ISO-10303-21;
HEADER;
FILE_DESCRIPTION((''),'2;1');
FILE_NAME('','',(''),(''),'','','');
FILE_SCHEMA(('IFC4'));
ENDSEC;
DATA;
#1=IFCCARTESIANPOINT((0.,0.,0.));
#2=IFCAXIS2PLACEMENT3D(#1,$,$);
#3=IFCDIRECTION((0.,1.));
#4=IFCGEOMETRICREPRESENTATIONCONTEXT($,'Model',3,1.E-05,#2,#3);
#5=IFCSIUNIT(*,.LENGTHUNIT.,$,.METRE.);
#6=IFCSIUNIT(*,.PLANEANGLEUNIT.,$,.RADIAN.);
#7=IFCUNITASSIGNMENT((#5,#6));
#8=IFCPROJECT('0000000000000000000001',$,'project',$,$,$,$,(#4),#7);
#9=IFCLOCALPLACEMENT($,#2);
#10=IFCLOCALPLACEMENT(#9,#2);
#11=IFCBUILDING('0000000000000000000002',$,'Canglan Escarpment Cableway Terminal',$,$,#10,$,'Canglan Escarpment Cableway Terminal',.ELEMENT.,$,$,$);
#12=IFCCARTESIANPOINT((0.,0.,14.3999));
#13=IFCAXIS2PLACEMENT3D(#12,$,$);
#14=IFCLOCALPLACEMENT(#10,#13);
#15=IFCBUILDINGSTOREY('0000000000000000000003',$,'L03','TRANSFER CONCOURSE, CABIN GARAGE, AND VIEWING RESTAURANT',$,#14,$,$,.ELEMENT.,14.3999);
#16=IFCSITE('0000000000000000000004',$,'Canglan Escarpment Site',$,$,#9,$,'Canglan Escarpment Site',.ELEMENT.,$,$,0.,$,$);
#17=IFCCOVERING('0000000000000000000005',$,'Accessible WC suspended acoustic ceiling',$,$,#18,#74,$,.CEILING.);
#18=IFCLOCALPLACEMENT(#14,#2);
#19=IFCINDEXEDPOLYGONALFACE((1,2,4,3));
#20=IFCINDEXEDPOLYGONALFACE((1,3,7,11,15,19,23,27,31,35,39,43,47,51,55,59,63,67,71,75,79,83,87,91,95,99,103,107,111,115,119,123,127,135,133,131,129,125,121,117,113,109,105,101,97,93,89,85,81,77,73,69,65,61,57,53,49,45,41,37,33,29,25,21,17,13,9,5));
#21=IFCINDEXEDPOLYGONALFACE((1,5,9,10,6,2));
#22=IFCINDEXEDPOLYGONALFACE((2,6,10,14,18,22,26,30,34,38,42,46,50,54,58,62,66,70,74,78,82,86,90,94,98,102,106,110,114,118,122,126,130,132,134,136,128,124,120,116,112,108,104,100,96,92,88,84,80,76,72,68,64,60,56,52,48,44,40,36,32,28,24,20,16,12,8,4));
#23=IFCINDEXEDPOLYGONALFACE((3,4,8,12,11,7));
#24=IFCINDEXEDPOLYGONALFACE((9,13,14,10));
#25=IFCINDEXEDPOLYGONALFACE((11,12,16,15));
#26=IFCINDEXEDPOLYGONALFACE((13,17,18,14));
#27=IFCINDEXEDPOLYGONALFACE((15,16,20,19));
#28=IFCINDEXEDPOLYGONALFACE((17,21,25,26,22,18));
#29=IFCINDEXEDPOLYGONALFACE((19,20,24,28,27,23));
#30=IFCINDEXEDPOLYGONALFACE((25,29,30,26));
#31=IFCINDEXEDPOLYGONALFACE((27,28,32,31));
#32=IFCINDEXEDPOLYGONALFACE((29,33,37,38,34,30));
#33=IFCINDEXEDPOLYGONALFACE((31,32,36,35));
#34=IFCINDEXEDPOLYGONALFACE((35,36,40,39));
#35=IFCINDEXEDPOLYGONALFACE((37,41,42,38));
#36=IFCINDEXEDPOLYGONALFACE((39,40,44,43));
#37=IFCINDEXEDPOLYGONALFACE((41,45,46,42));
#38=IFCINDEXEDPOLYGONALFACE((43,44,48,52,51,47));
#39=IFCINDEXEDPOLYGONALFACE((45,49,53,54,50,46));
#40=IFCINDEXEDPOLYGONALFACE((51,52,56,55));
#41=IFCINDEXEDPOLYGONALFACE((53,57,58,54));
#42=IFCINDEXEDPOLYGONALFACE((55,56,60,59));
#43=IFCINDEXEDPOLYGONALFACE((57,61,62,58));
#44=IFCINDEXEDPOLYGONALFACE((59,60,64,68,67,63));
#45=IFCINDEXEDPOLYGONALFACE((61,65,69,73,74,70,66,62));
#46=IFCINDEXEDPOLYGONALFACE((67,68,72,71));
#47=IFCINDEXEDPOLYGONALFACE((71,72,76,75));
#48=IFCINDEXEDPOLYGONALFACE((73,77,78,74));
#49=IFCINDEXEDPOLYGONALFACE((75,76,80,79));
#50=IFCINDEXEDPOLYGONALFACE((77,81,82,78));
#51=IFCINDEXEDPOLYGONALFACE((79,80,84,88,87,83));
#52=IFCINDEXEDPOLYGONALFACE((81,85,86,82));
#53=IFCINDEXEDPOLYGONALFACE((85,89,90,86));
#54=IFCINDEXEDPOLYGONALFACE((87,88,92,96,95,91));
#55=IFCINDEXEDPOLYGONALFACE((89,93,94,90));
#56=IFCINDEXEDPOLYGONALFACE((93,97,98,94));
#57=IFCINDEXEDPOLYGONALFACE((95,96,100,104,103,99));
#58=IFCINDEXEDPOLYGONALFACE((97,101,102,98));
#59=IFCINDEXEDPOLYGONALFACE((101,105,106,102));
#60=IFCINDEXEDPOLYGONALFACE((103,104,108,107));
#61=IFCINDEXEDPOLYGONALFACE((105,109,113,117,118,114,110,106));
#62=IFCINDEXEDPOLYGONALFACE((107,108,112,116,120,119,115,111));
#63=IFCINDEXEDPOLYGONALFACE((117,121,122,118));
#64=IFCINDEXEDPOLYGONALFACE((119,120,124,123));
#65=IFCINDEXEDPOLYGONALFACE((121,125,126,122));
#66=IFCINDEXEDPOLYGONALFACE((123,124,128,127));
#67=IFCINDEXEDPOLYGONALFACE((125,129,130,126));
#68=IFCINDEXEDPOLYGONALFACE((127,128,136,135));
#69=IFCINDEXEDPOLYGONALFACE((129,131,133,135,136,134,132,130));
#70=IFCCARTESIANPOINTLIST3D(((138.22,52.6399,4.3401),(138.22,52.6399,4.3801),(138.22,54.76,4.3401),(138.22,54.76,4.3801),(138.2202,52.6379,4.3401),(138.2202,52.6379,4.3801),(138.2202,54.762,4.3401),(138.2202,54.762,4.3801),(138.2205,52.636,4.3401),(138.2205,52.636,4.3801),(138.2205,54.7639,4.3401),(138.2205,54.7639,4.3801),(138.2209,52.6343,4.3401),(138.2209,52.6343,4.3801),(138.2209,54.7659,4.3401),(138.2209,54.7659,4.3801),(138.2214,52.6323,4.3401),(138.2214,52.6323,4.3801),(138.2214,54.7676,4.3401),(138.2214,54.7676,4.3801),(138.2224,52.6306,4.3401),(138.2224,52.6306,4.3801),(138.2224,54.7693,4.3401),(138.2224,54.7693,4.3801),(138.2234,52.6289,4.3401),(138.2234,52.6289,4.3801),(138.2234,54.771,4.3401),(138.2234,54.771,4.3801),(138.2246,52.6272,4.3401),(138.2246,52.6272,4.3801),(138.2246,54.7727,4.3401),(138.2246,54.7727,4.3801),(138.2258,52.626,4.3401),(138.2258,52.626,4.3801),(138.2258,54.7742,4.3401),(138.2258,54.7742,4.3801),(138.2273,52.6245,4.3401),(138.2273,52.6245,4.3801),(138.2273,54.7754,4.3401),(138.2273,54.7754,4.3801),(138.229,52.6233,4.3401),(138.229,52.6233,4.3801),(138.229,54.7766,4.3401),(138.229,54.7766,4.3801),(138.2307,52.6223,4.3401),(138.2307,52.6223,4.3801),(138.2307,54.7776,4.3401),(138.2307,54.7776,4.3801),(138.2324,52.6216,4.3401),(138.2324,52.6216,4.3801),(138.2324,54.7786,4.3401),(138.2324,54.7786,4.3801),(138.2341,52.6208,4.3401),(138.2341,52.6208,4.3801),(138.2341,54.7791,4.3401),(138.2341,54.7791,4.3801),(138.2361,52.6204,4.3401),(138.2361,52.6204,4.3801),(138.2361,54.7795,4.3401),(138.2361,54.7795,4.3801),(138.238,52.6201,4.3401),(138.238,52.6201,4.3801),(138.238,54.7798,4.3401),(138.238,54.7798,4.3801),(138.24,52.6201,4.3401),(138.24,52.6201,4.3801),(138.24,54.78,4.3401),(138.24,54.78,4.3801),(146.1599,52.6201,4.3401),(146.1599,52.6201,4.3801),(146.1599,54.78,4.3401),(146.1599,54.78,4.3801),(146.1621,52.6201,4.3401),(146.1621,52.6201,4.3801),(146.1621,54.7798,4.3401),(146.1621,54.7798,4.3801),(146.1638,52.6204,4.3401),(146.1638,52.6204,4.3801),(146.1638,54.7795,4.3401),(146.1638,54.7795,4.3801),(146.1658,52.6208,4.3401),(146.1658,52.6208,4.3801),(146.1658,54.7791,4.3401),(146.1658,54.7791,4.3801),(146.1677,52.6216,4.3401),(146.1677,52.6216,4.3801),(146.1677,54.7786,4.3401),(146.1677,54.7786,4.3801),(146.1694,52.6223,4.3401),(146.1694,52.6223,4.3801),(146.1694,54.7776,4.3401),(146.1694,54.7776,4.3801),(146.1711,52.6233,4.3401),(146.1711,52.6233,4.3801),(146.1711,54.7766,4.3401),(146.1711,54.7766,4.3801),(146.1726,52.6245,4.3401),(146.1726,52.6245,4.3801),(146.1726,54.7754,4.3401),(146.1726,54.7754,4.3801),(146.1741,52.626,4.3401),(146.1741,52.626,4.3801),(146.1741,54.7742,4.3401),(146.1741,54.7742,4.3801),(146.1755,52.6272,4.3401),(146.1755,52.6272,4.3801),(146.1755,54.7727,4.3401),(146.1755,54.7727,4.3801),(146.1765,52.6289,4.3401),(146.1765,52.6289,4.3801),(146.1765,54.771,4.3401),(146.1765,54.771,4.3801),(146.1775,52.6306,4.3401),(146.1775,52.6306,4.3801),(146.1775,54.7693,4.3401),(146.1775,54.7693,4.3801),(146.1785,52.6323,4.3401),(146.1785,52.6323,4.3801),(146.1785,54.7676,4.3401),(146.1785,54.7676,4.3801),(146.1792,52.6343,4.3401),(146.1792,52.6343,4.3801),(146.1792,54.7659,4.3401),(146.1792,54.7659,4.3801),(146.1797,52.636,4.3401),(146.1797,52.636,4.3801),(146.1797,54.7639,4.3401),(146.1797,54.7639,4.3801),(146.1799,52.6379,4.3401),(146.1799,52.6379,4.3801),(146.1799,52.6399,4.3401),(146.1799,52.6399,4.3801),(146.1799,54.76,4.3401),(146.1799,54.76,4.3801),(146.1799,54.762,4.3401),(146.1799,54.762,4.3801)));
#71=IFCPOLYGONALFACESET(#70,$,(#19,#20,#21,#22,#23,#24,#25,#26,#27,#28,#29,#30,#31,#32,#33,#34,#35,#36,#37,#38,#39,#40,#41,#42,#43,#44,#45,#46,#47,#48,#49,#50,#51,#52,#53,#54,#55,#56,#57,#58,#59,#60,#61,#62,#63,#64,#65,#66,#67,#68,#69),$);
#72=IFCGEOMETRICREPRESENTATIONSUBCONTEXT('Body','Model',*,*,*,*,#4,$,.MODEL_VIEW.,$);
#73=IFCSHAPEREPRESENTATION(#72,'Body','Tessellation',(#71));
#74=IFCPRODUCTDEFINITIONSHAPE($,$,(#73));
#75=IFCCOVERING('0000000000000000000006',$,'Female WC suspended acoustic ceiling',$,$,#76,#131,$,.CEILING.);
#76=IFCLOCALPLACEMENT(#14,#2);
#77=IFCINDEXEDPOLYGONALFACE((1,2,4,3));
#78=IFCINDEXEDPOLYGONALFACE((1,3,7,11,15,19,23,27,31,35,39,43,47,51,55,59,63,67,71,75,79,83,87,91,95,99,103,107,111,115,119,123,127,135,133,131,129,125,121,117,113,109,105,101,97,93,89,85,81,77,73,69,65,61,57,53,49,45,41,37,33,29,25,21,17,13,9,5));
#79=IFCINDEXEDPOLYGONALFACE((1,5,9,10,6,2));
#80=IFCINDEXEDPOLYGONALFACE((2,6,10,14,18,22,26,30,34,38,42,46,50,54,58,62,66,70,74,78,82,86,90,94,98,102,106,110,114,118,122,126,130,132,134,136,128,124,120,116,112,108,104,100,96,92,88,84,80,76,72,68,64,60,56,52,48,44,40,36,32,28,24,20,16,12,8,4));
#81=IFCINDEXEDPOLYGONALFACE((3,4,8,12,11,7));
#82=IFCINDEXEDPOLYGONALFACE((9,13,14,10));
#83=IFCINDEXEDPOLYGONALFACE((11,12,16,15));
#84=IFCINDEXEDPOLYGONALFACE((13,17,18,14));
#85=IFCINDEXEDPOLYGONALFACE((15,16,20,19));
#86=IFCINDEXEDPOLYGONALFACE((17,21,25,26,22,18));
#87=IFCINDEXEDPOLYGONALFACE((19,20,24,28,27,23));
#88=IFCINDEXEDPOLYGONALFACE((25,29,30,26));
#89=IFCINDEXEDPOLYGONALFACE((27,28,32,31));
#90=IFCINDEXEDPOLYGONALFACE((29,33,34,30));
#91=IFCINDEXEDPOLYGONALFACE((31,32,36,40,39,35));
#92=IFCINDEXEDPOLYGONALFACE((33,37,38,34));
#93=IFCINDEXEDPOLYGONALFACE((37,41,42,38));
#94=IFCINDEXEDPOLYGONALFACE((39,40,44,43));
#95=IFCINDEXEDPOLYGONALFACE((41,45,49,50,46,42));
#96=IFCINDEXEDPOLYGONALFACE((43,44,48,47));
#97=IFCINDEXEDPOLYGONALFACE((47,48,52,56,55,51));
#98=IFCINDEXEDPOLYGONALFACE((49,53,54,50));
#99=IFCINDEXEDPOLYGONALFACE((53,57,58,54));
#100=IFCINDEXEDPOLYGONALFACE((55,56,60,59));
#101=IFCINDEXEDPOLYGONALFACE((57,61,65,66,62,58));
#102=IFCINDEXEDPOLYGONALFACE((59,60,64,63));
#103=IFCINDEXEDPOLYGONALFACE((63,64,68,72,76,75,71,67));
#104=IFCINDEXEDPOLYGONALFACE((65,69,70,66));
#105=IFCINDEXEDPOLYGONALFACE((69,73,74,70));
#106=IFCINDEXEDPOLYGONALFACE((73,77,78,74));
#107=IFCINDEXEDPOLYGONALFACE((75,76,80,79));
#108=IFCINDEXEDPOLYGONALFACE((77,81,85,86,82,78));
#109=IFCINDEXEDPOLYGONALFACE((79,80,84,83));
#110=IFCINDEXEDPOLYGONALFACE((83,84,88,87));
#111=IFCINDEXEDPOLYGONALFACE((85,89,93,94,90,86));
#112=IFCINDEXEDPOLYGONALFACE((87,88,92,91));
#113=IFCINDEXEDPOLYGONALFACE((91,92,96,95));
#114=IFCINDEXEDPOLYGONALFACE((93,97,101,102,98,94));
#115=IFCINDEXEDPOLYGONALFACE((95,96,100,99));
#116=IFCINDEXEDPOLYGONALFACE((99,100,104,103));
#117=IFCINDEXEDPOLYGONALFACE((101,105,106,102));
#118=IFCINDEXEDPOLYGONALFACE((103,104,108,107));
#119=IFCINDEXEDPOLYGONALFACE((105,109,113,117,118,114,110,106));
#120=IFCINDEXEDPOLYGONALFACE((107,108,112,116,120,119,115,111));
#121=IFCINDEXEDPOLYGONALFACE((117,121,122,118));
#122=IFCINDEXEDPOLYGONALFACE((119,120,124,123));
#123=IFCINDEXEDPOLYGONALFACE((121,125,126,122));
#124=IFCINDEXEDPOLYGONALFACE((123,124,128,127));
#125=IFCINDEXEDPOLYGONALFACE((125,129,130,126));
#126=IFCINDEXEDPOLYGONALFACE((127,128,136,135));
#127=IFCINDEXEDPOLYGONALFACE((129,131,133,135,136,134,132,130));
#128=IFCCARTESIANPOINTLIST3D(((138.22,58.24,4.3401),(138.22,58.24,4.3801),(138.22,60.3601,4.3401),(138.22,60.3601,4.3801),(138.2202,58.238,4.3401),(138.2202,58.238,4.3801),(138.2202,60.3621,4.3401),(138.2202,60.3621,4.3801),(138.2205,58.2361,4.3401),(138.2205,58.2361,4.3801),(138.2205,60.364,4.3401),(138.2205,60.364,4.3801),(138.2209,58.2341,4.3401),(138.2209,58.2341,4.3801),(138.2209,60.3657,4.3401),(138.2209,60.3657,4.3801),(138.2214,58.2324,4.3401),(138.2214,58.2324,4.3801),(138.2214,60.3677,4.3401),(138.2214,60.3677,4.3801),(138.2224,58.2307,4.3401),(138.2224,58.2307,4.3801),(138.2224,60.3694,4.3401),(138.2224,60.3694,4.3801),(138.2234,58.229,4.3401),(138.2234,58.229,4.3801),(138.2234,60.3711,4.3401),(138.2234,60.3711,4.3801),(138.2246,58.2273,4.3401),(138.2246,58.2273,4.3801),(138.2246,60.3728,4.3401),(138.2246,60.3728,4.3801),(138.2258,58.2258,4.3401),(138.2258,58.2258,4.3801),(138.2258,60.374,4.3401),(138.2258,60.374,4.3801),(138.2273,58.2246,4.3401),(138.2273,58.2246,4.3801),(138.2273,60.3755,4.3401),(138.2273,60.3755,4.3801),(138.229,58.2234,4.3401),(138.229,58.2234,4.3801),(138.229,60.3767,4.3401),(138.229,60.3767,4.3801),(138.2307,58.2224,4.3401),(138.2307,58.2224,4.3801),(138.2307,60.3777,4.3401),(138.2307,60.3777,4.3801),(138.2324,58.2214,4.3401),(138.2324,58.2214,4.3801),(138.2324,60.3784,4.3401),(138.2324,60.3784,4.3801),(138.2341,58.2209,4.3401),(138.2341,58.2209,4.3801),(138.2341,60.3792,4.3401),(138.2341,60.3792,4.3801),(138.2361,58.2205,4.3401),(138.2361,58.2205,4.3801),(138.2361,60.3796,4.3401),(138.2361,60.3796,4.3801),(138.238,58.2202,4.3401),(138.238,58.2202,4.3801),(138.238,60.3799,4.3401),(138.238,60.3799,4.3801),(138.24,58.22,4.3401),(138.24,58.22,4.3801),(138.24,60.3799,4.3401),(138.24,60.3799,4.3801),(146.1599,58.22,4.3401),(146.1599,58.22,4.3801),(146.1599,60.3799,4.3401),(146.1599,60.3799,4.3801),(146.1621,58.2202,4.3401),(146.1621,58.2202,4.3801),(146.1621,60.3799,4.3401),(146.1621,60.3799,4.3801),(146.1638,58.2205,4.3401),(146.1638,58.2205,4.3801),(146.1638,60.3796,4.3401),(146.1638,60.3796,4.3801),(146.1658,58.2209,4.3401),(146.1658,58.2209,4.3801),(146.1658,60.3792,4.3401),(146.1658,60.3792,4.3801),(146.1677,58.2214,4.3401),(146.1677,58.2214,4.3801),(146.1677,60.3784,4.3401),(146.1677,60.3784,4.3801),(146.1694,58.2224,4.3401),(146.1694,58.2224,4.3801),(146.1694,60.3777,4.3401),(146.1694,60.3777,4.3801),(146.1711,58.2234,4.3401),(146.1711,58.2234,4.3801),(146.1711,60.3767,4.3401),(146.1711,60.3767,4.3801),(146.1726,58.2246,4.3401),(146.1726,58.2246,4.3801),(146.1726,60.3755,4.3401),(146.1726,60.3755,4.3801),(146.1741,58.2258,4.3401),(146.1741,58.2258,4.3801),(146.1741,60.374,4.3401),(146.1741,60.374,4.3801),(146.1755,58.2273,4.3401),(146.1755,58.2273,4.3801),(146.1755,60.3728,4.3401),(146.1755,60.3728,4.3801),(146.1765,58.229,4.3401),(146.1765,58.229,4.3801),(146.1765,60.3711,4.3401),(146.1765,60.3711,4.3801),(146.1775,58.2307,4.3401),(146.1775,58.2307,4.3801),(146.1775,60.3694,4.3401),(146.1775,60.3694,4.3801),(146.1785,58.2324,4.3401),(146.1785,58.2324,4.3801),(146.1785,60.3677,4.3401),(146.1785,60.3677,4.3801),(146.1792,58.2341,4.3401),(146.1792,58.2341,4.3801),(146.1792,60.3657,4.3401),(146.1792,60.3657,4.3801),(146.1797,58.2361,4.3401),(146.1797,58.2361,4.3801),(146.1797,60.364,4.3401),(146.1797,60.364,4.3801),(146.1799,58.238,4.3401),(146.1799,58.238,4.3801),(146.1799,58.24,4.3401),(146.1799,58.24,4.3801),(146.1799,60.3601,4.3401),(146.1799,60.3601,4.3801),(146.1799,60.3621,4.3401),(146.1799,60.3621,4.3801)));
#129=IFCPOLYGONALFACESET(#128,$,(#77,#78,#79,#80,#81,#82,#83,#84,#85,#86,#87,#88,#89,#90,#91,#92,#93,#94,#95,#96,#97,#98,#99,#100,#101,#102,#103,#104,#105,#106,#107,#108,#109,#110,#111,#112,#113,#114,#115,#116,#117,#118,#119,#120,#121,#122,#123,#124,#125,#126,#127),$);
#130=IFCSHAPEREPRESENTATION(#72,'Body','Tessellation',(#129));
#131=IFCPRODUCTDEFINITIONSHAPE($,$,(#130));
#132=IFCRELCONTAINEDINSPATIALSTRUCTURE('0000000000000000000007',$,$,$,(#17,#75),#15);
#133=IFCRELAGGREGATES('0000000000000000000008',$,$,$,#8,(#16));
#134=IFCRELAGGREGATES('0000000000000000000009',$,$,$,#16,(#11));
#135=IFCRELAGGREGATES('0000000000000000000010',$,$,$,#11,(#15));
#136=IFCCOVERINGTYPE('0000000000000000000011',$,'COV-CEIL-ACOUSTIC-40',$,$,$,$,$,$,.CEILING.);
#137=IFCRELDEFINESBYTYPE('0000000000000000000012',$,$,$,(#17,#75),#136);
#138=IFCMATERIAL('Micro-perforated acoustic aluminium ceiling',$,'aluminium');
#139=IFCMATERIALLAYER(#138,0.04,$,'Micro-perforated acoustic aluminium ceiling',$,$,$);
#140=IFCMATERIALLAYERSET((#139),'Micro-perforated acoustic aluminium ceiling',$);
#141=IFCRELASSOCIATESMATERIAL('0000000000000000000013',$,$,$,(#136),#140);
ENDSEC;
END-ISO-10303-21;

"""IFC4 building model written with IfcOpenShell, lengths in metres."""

from ifc_helpers import new_model, si_unit, direction, frame, origin, place, context, subcontext, project, spatial, polyline, outline, extrude, material, layer, layer_set, type_object, element, save


model = new_model("IFC4")

# Units and contexts
model_context = context("Model", 3, precision=1e-05, world=origin(), true_north=direction((0.0, 1.0)))
body_context = subcontext(model_context, "Body", "Model", "MODEL_VIEW")
ifc_project = project(units=[si_unit("LENGTHUNIT", "METRE"), si_unit("PLANEANGLEUNIT", "RADIAN")], contexts=[model_context])

# Site, building, storey
site_placement = place(None, origin())
site = spatial("IfcSite", under=ifc_project, at=site_placement, Name="Canglan Escarpment Site", LongName="Canglan Escarpment Site", CompositionType="ELEMENT", RefElevation=0.0)
building_placement = place(site_placement, origin())
building = spatial("IfcBuilding", under=site, at=building_placement, Name="Canglan Escarpment Cableway Terminal", LongName="Canglan Escarpment Cableway Terminal", CompositionType="ELEMENT")
storey_placement = place(building_placement, frame((0.0, 0.0, 14.3999)))
storey = spatial("IfcBuildingStorey", under=building, at=storey_placement, Name="L03", Description="TRANSFER CONCOURSE, CABIN GARAGE, AND VIEWING RESTAURANT", CompositionType="ELEMENT", Elevation=14.3999)

# Coverings
ifc_material_1 = material(Name="Micro-perforated acoustic aluminium ceiling", Category="aluminium")
ifc_layer_1 = layer(ifc_material_1, 0.04, Name="Micro-perforated acoustic aluminium ceiling")
ifc_layer_set_1 = layer_set([ifc_layer_1], Name="Micro-perforated acoustic aluminium ceiling")
covering_type_1 = type_object("IfcCoveringType", Name="COV-CEIL-ACOUSTIC-40", PredefinedType="CEILING", material=ifc_layer_set_1)
covering_1_placement = place(storey_placement, frame((0.0, 0.0, 4.3401)))
element("IfcCovering", 1, at=covering_1_placement, inside=storey, type_object=covering_type_1, Name="Accessible WC suspended acoustic ceiling", PredefinedType="CEILING", context=body_context, shape_type="SweptSolid", body=[
    extrude(outline(polyline([(138.24, 52.6201), (138.238, 52.6201), (138.2361, 52.6204), (138.2341, 52.6208), (138.2324, 52.6216), (138.2307, 52.6223), (138.229, 52.6233), (138.2273, 52.6245), (138.2258, 52.626), (138.2246, 52.6272), (138.2234, 52.6289), (138.2224, 52.6306), (138.2214, 52.6323), (138.2209, 52.6343), (138.2205, 52.636), (138.2202, 52.6379), (138.22, 52.6399), (138.22, 54.76), (138.2202, 54.762), (138.2205, 54.7639), (138.2209, 54.7659), (138.2214, 54.7676), (138.2224, 54.7693), (138.2234, 54.771), (138.2246, 54.7727), (138.2258, 54.7742), (138.2273, 54.7754), (138.229, 54.7766), (138.2307, 54.7776), (138.2324, 54.7786), (138.2341, 54.7791), (138.2361, 54.7795), (138.238, 54.7798), (138.24, 54.78), (146.1599, 54.78), (146.1621, 54.7798), (146.1638, 54.7795), (146.1658, 54.7791), (146.1677, 54.7786), (146.1694, 54.7776), (146.1711, 54.7766), (146.1726, 54.7754), (146.1741, 54.7742), (146.1755, 54.7727), (146.1765, 54.771), (146.1775, 54.7693), (146.1785, 54.7676), (146.1792, 54.7659), (146.1797, 54.7639), (146.1799, 54.762), (146.1799, 54.76), (146.1799, 52.6399), (146.1799, 52.6379), (146.1797, 52.636), (146.1792, 52.6343), (146.1785, 52.6323), (146.1775, 52.6306), (146.1765, 52.6289), (146.1755, 52.6272), (146.1741, 52.626), (146.1726, 52.6245), (146.1711, 52.6233), (146.1694, 52.6223), (146.1677, 52.6216), (146.1658, 52.6208), (146.1638, 52.6204), (146.1621, 52.6201), (146.1599, 52.6201), (138.24, 52.6201)])), origin(), (0.0, 0.0, 1.0), 0.04),
])
covering_2_placement = place(storey_placement, frame((0.0, 0.0, 4.3401)))
element("IfcCovering", 2, at=covering_2_placement, inside=storey, type_object=covering_type_1, Name="Female WC suspended acoustic ceiling", PredefinedType="CEILING", context=body_context, shape_type="SweptSolid", body=[
    extrude(outline(polyline([(138.22, 60.3601), (138.2202, 60.3621), (138.2205, 60.364), (138.2209, 60.3657), (138.2214, 60.3677), (138.2224, 60.3694), (138.2234, 60.3711), (138.2246, 60.3728), (138.2258, 60.374), (138.2273, 60.3755), (138.229, 60.3767), (138.2307, 60.3777), (138.2324, 60.3784), (138.2341, 60.3792), (138.2361, 60.3796), (138.238, 60.3799), (138.24, 60.3799), (146.1599, 60.3799), (146.1621, 60.3799), (146.1638, 60.3796), (146.1658, 60.3792), (146.1677, 60.3784), (146.1694, 60.3777), (146.1711, 60.3767), (146.1726, 60.3755), (146.1741, 60.374), (146.1755, 60.3728), (146.1765, 60.3711), (146.1775, 60.3694), (146.1785, 60.3677), (146.1792, 60.3657), (146.1797, 60.364), (146.1799, 60.3621), (146.1799, 60.3601), (146.1799, 58.24), (146.1799, 58.238), (146.1797, 58.2361), (146.1792, 58.2341), (146.1785, 58.2324), (146.1775, 58.2307), (146.1765, 58.229), (146.1755, 58.2273), (146.1741, 58.2258), (146.1726, 58.2246), (146.1711, 58.2234), (146.1694, 58.2224), (146.1677, 58.2214), (146.1658, 58.2209), (146.1638, 58.2205), (146.1621, 58.2202), (146.1599, 58.22), (138.24, 58.22), (138.238, 58.2202), (138.2361, 58.2205), (138.2341, 58.2209), (138.2324, 58.2214), (138.2307, 58.2224), (138.229, 58.2234), (138.2273, 58.2246), (138.2258, 58.2258), (138.2246, 58.2273), (138.2234, 58.229), (138.2224, 58.2307), (138.2214, 58.2324), (138.2209, 58.2341), (138.2205, 58.2361), (138.2202, 58.238), (138.22, 58.24), (138.22, 60.3601)])), origin(), (0.0, 0.0, 1.0), 0.04),
])

save(model, "model.ifc")
